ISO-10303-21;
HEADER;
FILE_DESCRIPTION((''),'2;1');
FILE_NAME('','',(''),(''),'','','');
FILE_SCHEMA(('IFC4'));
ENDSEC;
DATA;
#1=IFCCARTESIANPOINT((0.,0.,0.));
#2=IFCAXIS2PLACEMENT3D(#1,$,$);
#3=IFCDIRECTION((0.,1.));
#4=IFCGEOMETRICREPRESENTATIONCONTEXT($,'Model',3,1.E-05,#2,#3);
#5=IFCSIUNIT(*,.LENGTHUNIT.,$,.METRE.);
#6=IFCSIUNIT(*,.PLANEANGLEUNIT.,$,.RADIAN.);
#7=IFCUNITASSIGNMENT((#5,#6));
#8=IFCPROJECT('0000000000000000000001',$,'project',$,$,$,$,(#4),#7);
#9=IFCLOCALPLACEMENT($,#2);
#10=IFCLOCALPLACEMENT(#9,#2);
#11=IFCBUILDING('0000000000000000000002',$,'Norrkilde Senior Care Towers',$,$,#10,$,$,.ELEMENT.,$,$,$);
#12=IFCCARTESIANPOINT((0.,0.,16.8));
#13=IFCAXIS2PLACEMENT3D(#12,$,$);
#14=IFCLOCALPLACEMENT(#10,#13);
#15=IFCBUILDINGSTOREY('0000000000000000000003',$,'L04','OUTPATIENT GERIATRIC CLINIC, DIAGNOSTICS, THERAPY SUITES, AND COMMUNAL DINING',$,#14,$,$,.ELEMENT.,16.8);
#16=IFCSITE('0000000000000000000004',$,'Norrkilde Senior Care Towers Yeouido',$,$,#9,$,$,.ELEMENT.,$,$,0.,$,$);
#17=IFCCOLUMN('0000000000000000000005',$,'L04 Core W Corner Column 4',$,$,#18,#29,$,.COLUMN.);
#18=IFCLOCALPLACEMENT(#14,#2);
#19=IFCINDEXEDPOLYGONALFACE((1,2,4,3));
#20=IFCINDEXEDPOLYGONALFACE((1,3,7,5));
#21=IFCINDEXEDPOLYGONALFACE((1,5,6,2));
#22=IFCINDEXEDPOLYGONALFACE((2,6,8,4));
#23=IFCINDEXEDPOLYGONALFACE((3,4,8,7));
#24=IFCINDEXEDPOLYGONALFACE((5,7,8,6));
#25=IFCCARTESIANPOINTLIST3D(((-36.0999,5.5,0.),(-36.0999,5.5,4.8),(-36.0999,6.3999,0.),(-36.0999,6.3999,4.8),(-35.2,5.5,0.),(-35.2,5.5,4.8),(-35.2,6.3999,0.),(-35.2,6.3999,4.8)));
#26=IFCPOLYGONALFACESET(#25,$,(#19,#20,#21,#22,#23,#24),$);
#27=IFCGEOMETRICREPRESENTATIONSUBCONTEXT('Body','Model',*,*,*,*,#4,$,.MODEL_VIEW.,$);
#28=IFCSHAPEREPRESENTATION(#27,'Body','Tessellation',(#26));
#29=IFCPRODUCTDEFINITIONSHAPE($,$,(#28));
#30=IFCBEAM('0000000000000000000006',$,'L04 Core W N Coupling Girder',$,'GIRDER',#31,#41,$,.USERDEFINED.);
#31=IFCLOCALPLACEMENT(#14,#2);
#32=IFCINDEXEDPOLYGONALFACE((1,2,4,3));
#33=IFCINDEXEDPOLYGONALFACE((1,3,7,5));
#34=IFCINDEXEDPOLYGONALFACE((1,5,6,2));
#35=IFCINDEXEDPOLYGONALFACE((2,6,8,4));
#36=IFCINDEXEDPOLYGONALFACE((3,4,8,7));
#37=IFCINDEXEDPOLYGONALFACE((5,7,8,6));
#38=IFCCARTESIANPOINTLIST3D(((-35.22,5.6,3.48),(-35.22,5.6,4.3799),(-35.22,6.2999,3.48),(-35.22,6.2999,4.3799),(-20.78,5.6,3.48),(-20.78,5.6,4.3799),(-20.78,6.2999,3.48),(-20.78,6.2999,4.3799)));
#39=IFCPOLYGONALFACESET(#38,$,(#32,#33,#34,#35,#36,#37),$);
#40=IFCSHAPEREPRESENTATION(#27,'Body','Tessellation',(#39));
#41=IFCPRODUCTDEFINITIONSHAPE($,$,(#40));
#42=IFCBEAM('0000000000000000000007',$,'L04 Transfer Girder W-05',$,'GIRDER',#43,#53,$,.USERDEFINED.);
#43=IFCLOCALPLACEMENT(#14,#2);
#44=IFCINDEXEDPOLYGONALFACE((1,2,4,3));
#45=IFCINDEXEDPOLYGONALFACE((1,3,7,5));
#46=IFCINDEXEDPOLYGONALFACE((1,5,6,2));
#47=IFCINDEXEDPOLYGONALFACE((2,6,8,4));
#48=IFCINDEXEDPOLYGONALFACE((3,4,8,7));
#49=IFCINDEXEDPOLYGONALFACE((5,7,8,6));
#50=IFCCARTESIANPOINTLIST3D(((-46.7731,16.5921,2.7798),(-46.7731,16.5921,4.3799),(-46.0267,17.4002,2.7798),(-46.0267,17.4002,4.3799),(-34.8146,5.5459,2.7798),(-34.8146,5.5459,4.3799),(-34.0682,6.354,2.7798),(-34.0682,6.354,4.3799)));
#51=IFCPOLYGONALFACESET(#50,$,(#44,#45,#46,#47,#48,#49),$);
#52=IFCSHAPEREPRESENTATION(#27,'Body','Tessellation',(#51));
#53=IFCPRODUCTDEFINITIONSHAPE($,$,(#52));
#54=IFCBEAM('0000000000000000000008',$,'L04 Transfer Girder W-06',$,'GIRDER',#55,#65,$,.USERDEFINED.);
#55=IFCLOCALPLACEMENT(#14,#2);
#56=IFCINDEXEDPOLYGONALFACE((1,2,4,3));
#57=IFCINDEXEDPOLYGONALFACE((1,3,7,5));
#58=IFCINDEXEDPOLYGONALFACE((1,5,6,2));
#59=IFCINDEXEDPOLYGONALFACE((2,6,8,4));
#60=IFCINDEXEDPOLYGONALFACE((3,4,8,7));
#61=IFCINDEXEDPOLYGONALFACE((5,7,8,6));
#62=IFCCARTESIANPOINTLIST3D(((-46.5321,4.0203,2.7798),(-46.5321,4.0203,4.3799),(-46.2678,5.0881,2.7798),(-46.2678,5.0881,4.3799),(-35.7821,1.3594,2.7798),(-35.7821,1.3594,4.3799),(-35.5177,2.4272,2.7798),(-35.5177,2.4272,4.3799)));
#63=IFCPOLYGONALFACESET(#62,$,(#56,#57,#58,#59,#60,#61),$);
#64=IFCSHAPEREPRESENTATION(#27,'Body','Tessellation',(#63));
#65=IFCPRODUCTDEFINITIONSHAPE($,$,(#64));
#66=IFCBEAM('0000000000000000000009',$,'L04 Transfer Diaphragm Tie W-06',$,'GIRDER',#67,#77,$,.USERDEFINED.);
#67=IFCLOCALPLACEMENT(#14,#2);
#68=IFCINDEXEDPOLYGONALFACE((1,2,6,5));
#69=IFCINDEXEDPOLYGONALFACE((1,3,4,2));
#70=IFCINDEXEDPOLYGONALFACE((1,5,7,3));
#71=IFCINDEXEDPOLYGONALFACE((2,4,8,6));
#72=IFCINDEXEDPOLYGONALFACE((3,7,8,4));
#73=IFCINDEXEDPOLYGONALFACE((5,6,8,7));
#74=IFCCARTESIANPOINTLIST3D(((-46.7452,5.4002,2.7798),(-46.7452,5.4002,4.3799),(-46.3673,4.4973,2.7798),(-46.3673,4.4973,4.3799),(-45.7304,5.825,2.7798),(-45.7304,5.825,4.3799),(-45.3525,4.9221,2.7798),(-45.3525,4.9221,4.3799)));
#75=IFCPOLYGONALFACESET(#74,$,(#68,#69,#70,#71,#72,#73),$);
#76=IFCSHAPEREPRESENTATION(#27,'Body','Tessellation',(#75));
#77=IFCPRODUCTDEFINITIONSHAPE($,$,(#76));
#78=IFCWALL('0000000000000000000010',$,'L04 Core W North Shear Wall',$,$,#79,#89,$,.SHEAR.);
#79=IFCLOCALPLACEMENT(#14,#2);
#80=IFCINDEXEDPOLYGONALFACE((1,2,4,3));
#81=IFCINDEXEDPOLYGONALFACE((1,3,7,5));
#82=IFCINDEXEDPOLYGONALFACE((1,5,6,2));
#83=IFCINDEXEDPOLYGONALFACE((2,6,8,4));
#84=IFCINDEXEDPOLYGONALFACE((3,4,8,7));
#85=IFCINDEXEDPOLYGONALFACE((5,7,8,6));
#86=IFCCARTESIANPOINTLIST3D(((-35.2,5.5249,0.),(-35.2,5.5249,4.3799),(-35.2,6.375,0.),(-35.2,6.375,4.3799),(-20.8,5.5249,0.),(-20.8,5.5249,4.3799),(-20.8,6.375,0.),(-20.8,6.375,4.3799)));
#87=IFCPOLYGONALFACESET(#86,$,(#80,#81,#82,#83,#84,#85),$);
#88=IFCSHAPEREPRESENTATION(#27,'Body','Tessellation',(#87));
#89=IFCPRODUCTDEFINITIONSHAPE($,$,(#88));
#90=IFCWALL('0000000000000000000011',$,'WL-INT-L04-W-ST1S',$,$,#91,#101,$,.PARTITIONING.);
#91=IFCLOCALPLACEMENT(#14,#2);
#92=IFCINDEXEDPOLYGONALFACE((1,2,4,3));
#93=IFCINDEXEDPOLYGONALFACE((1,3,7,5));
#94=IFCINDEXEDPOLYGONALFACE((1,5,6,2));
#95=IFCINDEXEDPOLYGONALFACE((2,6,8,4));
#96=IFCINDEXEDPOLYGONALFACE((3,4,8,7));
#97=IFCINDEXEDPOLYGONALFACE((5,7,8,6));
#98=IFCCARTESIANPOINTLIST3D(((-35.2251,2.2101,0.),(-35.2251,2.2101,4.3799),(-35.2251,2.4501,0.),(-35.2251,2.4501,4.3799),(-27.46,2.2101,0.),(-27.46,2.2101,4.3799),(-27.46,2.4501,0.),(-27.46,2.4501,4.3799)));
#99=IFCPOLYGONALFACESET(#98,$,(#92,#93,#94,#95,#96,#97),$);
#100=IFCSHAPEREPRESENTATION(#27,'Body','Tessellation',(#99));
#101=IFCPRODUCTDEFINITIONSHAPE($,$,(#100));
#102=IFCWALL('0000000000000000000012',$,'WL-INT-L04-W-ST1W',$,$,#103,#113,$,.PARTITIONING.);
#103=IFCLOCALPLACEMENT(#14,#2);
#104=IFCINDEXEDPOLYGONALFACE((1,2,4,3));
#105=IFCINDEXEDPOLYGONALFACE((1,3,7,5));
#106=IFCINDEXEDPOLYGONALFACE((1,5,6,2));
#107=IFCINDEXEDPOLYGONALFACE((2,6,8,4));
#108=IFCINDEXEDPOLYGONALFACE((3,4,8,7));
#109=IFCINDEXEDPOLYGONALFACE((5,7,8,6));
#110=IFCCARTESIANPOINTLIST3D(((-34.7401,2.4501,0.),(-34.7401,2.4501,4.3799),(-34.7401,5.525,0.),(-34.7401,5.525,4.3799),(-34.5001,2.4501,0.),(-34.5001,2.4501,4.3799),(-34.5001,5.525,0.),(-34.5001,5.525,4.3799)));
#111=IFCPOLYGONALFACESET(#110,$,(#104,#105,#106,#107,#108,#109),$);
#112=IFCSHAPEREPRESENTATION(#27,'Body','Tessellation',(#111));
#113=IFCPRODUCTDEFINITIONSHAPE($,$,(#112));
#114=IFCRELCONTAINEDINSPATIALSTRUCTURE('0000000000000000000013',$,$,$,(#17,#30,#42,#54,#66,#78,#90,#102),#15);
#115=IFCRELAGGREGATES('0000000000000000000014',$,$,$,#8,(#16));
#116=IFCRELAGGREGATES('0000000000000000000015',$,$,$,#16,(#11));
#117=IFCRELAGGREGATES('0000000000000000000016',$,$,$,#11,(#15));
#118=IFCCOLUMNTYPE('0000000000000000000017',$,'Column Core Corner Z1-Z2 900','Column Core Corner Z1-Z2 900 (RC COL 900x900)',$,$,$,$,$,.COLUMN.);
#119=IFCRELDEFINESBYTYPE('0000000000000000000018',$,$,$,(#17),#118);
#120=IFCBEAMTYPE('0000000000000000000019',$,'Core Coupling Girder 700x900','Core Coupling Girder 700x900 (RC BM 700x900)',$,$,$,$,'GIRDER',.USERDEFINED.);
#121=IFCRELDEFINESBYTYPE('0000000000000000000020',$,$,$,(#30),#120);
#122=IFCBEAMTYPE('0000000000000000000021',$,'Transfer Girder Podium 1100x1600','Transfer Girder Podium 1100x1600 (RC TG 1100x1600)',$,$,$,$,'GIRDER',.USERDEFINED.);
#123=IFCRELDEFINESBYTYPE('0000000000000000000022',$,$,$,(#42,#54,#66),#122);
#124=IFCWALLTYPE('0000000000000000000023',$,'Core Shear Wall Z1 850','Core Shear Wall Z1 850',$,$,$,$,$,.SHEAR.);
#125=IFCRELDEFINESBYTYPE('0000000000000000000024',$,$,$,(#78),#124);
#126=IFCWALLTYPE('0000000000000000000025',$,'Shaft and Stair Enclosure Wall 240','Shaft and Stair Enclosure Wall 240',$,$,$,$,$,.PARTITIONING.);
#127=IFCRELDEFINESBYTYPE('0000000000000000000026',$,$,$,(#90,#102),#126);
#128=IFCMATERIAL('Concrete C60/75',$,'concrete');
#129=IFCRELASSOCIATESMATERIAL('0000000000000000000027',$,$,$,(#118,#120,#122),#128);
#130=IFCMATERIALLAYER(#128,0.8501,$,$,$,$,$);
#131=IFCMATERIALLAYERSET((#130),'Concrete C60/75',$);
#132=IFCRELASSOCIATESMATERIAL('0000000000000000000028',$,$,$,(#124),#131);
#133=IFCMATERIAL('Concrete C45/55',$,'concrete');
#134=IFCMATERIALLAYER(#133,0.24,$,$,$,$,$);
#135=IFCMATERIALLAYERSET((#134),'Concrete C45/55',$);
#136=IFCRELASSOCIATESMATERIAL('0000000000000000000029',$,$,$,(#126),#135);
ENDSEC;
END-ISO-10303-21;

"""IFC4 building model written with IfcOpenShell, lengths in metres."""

from ifc_helpers import new_model, si_unit, direction, frame, frame_2d, origin, origin_2d, place, context, subcontext, project, spatial, rectangle, extrude, source, transform, mapped, material, layer, layer_set, material_profile, profile_set, type_object, type_shapes, element, save


model = new_model("IFC4")

# Units and contexts
model_context = context("Model", 3, precision=1e-05, world=origin(), true_north=direction((0.0, 1.0)))
body_context = subcontext(model_context, "Body", "Model", "MODEL_VIEW")
ifc_project = project(units=[si_unit("LENGTHUNIT", "METRE"), si_unit("PLANEANGLEUNIT", "RADIAN")], contexts=[model_context])

# Site, building, storey
site_placement = place(None, origin())
site = spatial("IfcSite", under=ifc_project, at=site_placement, Name="Norrkilde Senior Care Towers Yeouido", CompositionType="ELEMENT", RefElevation=0.0)
building_placement = place(site_placement, origin())
building = spatial("IfcBuilding", under=site, at=building_placement, Name="Norrkilde Senior Care Towers", CompositionType="ELEMENT")
storey_placement = place(building_placement, frame((0.0, 0.0, 16.8)))
storey = spatial("IfcBuildingStorey", under=building, at=storey_placement, Name="L04", Description="OUTPATIENT GERIATRIC CLINIC, DIAGNOSTICS, THERAPY SUITES, AND COMMUNAL DINING", CompositionType="ELEMENT", Elevation=16.8)

# Column
ifc_material_1 = material(Name="Concrete C60/75", Category="concrete")
ifc_material_profile_1 = material_profile(ifc_material_1, rectangle(XDim=0.8999, YDim=0.8999, at=origin_2d()), Name="RC COL 900x900")
ifc_profile_set_1 = profile_set([ifc_material_profile_1], Name="Concrete C60/75")
column_type = type_object("IfcColumnType", Name="Column Core Corner Z1-Z2 900", Description="Column Core Corner Z1-Z2 900 (RC COL 900x900)", PredefinedType="COLUMN", material=ifc_profile_set_1)
shared_shape_1 = source(origin(), body_context, "Body", "SweptSolid", [
    extrude(rectangle(XDim=0.8999, YDim=0.8999, at=origin_2d()), origin(), (0.0, 0.0, 1.0), 4.8),
])
type_shapes(column_type, [shared_shape_1])
column_placement = place(storey_placement, frame((-35.6499, 5.95, 0.0), z_axis=(0.0, 0.0, 1.0), x_axis=(1.0, 0.0, 0.0)))
element("IfcColumn", 1, at=column_placement, inside=storey, type_object=column_type, Name="L04 Core W Corner Column 4", PredefinedType="COLUMN", context=body_context, shape_type="MappedRepresentation", body=[
    mapped(shared_shape_1, transform((0.0, 0.0, 0.0), x_axis=(1.0, 0.0, 0.0), y_axis=(0.0, 1.0, 0.0), z_axis=(0.0, 0.0, 1.0), scale=1.0)),
])

# Beams
ifc_material_profile_2 = material_profile(ifc_material_1, rectangle(XDim=0.7, YDim=0.8999, at=origin_2d()), Name="RC BM 700x900")
ifc_profile_set_2 = profile_set([ifc_material_profile_2], Name="Concrete C60/75")
beam_type_1 = type_object("IfcBeamType", Name="Core Coupling Girder 700x900", Description="Core Coupling Girder 700x900 (RC BM 700x900)", ElementType="GIRDER", PredefinedType="USERDEFINED", material=ifc_profile_set_2)
shared_shape_2 = source(origin(), body_context, "Body", "SweptSolid", [
    extrude(rectangle(XDim=0.7, YDim=0.8999, at=origin_2d()), origin(), (0.0, 0.0, 1.0), 14.4399),
])
type_shapes(beam_type_1, [shared_shape_2])
beam_1_placement = place(storey_placement, frame((-35.22, 5.95, 3.9299), z_axis=(1.0, 0.0, 0.0), x_axis=(0.0, 1.0, 0.0)))
element("IfcBeam", 2, at=beam_1_placement, inside=storey, type_object=beam_type_1, Name="L04 Core W N Coupling Girder", ObjectType="GIRDER", PredefinedType="USERDEFINED", context=body_context, shape_type="MappedRepresentation", body=[
    mapped(shared_shape_2, transform((0.0, 0.0, 0.0), x_axis=(1.0, 0.0, 0.0), y_axis=(0.0, 1.0, 0.0), z_axis=(0.0, 0.0, 1.0), scale=1.0)),
])
ifc_material_profile_3 = material_profile(ifc_material_1, rectangle(XDim=1.1001, YDim=1.6001, at=origin_2d()), Name="RC TG 1100x1600")
ifc_profile_set_3 = profile_set([ifc_material_profile_3], Name="Concrete C60/75")
beam_type_2 = type_object("IfcBeamType", Name="Transfer Girder Podium 1100x1600", Description="Transfer Girder Podium 1100x1600 (RC TG 1100x1600)", ElementType="GIRDER", PredefinedType="USERDEFINED", material=ifc_profile_set_3)
shared_shape_3 = source(origin(), body_context, "Body", "SweptSolid", [
    extrude(rectangle(XDim=1.1001, YDim=1.6001, at=origin_2d()), origin(), (0.0, 0.0, 1.0), 16.2795),
])
beam_2_placement = place(storey_placement, frame((-34.4414, 5.95, 3.5798), z_axis=(-0.734573, 0.67853, 0.0), x_axis=(-0.67853, -0.734573, 0.0)))
element("IfcBeam", 3, at=beam_2_placement, inside=storey, type_object=beam_type_2, Name="L04 Transfer Girder W-05", ObjectType="GIRDER", PredefinedType="USERDEFINED", context=body_context, shape_type="MappedRepresentation", body=[
    mapped(shared_shape_3, transform((0.0, 0.0, 0.0), x_axis=(1.0, 0.0, 0.0), y_axis=(0.0, 1.0, 0.0), z_axis=(0.0, 0.0, 1.0), scale=1.0)),
])
shared_shape_4 = source(origin(), body_context, "Body", "SweptSolid", [
    extrude(rectangle(XDim=1.1001, YDim=1.6001, at=origin_2d()), origin(), (0.0, 0.0, 1.0), 11.0745),
])
beam_3_placement = place(storey_placement, frame((-35.6499, 1.8933, 3.5798), z_axis=(-0.970705, 0.240273, 0.0), x_axis=(-0.240273, -0.970705, 0.0)))
element("IfcBeam", 4, at=beam_3_placement, inside=storey, type_object=beam_type_2, Name="L04 Transfer Girder W-06", ObjectType="GIRDER", PredefinedType="USERDEFINED", context=body_context, shape_type="MappedRepresentation", body=[
    mapped(shared_shape_4, transform((0.0, 0.0, 0.0), x_axis=(1.0, 0.0, 0.0), y_axis=(0.0, 1.0, 0.0), z_axis=(0.0, 0.0, 1.0), scale=1.0)),
])
shared_shape_5 = source(origin(), body_context, "Body", "SweptSolid", [
    extrude(rectangle(XDim=1.1001, YDim=1.6001, at=origin_2d()), origin(), (0.0, 0.0, 1.0), 0.9788),
])
type_shapes(beam_type_2, [shared_shape_3, shared_shape_4, shared_shape_5])
beam_4_placement = place(storey_placement, frame((-45.8599, 4.7097, 3.5798), z_axis=(-0.386138, 0.922441, 0.0), x_axis=(-0.922441, -0.386138, 0.0)))
element("IfcBeam", 5, at=beam_4_placement, inside=storey, type_object=beam_type_2, Name="L04 Transfer Diaphragm Tie W-06", ObjectType="GIRDER", PredefinedType="USERDEFINED", context=body_context, shape_type="MappedRepresentation", body=[
    mapped(shared_shape_5, transform((0.0, 0.0, 0.0), x_axis=(1.0, 0.0, 0.0), y_axis=(0.0, 1.0, 0.0), z_axis=(0.0, 0.0, 1.0), scale=1.0)),
])

# Walls
ifc_layer_1 = layer(ifc_material_1, 0.8501)
ifc_layer_set_1 = layer_set([ifc_layer_1], Name="Concrete C60/75")
wall_type_1 = type_object("IfcWallType", Name="Core Shear Wall Z1 850", Description="Core Shear Wall Z1 850", PredefinedType="SHEAR", material=ifc_layer_set_1)
shared_shape_6 = source(origin(), body_context, "Body", "SweptSolid", [
    extrude(rectangle(XDim=14.3999, YDim=0.8501, at=frame_2d((7.2, 0.0))), origin(), (0.0, 0.0, 1.0), 4.3799),
])
type_shapes(wall_type_1, [shared_shape_6])
wall_1_placement = place(storey_placement, frame((-35.2, 5.95, 0.0), z_axis=(0.0, 0.0, 1.0), x_axis=(1.0, 0.0, 0.0)))
element("IfcWall", 6, at=wall_1_placement, inside=storey, type_object=wall_type_1, Name="L04 Core W North Shear Wall", PredefinedType="SHEAR", context=body_context, shape_type="MappedRepresentation", body=[
    mapped(shared_shape_6, transform((0.0, 0.0, 0.0), x_axis=(1.0, 0.0, 0.0), y_axis=(0.0, 1.0, 0.0), z_axis=(0.0, 0.0, 1.0), scale=1.0)),
])
ifc_material_2 = material(Name="Concrete C45/55", Category="concrete")
ifc_layer_2 = layer(ifc_material_2, 0.24)
ifc_layer_set_2 = layer_set([ifc_layer_2], Name="Concrete C45/55")
wall_type_2 = type_object("IfcWallType", Name="Shaft and Stair Enclosure Wall 240", Description="Shaft and Stair Enclosure Wall 240", PredefinedType="PARTITIONING", material=ifc_layer_set_2)
shared_shape_7 = source(origin(), body_context, "Body", "SweptSolid", [
    extrude(rectangle(XDim=7.7651, YDim=0.24, at=frame_2d((3.8826, 0.0))), origin(), (0.0, 0.0, 1.0), 4.3799),
])
wall_2_placement = place(storey_placement, frame((-35.2251, 2.3301, 0.0), z_axis=(0.0, 0.0, 1.0), x_axis=(1.0, 0.0, 0.0)))
element("IfcWall", 7, at=wall_2_placement, inside=storey, type_object=wall_type_2, Name="WL-INT-L04-W-ST1S", PredefinedType="PARTITIONING", context=body_context, shape_type="MappedRepresentation", body=[
    mapped(shared_shape_7, transform((0.0, 0.0, 0.0), x_axis=(1.0, 0.0, 0.0), y_axis=(0.0, 1.0, 0.0), z_axis=(0.0, 0.0, 1.0), scale=1.0)),
])
shared_shape_8 = source(origin(), body_context, "Body", "SweptSolid", [
    extrude(rectangle(XDim=3.075, YDim=0.24, at=frame_2d((1.5376, 0.0))), origin(), (0.0, 0.0, 1.0), 4.3799),
])
type_shapes(wall_type_2, [shared_shape_7, shared_shape_8])
wall_3_placement = place(storey_placement, frame((-34.6201, 2.45, 0.0), z_axis=(0.0, 0.0, 1.0), x_axis=(0.0, 1.0, 0.0)))
element("IfcWall", 8, at=wall_3_placement, inside=storey, type_object=wall_type_2, Name="WL-INT-L04-W-ST1W", PredefinedType="PARTITIONING", context=body_context, shape_type="MappedRepresentation", body=[
    mapped(shared_shape_8, transform((0.0, 0.0, 0.0), x_axis=(1.0, 0.0, 0.0), y_axis=(0.0, 1.0, 0.0), z_axis=(0.0, 0.0, 1.0), scale=1.0)),
])

save(model, "model.ifc")
